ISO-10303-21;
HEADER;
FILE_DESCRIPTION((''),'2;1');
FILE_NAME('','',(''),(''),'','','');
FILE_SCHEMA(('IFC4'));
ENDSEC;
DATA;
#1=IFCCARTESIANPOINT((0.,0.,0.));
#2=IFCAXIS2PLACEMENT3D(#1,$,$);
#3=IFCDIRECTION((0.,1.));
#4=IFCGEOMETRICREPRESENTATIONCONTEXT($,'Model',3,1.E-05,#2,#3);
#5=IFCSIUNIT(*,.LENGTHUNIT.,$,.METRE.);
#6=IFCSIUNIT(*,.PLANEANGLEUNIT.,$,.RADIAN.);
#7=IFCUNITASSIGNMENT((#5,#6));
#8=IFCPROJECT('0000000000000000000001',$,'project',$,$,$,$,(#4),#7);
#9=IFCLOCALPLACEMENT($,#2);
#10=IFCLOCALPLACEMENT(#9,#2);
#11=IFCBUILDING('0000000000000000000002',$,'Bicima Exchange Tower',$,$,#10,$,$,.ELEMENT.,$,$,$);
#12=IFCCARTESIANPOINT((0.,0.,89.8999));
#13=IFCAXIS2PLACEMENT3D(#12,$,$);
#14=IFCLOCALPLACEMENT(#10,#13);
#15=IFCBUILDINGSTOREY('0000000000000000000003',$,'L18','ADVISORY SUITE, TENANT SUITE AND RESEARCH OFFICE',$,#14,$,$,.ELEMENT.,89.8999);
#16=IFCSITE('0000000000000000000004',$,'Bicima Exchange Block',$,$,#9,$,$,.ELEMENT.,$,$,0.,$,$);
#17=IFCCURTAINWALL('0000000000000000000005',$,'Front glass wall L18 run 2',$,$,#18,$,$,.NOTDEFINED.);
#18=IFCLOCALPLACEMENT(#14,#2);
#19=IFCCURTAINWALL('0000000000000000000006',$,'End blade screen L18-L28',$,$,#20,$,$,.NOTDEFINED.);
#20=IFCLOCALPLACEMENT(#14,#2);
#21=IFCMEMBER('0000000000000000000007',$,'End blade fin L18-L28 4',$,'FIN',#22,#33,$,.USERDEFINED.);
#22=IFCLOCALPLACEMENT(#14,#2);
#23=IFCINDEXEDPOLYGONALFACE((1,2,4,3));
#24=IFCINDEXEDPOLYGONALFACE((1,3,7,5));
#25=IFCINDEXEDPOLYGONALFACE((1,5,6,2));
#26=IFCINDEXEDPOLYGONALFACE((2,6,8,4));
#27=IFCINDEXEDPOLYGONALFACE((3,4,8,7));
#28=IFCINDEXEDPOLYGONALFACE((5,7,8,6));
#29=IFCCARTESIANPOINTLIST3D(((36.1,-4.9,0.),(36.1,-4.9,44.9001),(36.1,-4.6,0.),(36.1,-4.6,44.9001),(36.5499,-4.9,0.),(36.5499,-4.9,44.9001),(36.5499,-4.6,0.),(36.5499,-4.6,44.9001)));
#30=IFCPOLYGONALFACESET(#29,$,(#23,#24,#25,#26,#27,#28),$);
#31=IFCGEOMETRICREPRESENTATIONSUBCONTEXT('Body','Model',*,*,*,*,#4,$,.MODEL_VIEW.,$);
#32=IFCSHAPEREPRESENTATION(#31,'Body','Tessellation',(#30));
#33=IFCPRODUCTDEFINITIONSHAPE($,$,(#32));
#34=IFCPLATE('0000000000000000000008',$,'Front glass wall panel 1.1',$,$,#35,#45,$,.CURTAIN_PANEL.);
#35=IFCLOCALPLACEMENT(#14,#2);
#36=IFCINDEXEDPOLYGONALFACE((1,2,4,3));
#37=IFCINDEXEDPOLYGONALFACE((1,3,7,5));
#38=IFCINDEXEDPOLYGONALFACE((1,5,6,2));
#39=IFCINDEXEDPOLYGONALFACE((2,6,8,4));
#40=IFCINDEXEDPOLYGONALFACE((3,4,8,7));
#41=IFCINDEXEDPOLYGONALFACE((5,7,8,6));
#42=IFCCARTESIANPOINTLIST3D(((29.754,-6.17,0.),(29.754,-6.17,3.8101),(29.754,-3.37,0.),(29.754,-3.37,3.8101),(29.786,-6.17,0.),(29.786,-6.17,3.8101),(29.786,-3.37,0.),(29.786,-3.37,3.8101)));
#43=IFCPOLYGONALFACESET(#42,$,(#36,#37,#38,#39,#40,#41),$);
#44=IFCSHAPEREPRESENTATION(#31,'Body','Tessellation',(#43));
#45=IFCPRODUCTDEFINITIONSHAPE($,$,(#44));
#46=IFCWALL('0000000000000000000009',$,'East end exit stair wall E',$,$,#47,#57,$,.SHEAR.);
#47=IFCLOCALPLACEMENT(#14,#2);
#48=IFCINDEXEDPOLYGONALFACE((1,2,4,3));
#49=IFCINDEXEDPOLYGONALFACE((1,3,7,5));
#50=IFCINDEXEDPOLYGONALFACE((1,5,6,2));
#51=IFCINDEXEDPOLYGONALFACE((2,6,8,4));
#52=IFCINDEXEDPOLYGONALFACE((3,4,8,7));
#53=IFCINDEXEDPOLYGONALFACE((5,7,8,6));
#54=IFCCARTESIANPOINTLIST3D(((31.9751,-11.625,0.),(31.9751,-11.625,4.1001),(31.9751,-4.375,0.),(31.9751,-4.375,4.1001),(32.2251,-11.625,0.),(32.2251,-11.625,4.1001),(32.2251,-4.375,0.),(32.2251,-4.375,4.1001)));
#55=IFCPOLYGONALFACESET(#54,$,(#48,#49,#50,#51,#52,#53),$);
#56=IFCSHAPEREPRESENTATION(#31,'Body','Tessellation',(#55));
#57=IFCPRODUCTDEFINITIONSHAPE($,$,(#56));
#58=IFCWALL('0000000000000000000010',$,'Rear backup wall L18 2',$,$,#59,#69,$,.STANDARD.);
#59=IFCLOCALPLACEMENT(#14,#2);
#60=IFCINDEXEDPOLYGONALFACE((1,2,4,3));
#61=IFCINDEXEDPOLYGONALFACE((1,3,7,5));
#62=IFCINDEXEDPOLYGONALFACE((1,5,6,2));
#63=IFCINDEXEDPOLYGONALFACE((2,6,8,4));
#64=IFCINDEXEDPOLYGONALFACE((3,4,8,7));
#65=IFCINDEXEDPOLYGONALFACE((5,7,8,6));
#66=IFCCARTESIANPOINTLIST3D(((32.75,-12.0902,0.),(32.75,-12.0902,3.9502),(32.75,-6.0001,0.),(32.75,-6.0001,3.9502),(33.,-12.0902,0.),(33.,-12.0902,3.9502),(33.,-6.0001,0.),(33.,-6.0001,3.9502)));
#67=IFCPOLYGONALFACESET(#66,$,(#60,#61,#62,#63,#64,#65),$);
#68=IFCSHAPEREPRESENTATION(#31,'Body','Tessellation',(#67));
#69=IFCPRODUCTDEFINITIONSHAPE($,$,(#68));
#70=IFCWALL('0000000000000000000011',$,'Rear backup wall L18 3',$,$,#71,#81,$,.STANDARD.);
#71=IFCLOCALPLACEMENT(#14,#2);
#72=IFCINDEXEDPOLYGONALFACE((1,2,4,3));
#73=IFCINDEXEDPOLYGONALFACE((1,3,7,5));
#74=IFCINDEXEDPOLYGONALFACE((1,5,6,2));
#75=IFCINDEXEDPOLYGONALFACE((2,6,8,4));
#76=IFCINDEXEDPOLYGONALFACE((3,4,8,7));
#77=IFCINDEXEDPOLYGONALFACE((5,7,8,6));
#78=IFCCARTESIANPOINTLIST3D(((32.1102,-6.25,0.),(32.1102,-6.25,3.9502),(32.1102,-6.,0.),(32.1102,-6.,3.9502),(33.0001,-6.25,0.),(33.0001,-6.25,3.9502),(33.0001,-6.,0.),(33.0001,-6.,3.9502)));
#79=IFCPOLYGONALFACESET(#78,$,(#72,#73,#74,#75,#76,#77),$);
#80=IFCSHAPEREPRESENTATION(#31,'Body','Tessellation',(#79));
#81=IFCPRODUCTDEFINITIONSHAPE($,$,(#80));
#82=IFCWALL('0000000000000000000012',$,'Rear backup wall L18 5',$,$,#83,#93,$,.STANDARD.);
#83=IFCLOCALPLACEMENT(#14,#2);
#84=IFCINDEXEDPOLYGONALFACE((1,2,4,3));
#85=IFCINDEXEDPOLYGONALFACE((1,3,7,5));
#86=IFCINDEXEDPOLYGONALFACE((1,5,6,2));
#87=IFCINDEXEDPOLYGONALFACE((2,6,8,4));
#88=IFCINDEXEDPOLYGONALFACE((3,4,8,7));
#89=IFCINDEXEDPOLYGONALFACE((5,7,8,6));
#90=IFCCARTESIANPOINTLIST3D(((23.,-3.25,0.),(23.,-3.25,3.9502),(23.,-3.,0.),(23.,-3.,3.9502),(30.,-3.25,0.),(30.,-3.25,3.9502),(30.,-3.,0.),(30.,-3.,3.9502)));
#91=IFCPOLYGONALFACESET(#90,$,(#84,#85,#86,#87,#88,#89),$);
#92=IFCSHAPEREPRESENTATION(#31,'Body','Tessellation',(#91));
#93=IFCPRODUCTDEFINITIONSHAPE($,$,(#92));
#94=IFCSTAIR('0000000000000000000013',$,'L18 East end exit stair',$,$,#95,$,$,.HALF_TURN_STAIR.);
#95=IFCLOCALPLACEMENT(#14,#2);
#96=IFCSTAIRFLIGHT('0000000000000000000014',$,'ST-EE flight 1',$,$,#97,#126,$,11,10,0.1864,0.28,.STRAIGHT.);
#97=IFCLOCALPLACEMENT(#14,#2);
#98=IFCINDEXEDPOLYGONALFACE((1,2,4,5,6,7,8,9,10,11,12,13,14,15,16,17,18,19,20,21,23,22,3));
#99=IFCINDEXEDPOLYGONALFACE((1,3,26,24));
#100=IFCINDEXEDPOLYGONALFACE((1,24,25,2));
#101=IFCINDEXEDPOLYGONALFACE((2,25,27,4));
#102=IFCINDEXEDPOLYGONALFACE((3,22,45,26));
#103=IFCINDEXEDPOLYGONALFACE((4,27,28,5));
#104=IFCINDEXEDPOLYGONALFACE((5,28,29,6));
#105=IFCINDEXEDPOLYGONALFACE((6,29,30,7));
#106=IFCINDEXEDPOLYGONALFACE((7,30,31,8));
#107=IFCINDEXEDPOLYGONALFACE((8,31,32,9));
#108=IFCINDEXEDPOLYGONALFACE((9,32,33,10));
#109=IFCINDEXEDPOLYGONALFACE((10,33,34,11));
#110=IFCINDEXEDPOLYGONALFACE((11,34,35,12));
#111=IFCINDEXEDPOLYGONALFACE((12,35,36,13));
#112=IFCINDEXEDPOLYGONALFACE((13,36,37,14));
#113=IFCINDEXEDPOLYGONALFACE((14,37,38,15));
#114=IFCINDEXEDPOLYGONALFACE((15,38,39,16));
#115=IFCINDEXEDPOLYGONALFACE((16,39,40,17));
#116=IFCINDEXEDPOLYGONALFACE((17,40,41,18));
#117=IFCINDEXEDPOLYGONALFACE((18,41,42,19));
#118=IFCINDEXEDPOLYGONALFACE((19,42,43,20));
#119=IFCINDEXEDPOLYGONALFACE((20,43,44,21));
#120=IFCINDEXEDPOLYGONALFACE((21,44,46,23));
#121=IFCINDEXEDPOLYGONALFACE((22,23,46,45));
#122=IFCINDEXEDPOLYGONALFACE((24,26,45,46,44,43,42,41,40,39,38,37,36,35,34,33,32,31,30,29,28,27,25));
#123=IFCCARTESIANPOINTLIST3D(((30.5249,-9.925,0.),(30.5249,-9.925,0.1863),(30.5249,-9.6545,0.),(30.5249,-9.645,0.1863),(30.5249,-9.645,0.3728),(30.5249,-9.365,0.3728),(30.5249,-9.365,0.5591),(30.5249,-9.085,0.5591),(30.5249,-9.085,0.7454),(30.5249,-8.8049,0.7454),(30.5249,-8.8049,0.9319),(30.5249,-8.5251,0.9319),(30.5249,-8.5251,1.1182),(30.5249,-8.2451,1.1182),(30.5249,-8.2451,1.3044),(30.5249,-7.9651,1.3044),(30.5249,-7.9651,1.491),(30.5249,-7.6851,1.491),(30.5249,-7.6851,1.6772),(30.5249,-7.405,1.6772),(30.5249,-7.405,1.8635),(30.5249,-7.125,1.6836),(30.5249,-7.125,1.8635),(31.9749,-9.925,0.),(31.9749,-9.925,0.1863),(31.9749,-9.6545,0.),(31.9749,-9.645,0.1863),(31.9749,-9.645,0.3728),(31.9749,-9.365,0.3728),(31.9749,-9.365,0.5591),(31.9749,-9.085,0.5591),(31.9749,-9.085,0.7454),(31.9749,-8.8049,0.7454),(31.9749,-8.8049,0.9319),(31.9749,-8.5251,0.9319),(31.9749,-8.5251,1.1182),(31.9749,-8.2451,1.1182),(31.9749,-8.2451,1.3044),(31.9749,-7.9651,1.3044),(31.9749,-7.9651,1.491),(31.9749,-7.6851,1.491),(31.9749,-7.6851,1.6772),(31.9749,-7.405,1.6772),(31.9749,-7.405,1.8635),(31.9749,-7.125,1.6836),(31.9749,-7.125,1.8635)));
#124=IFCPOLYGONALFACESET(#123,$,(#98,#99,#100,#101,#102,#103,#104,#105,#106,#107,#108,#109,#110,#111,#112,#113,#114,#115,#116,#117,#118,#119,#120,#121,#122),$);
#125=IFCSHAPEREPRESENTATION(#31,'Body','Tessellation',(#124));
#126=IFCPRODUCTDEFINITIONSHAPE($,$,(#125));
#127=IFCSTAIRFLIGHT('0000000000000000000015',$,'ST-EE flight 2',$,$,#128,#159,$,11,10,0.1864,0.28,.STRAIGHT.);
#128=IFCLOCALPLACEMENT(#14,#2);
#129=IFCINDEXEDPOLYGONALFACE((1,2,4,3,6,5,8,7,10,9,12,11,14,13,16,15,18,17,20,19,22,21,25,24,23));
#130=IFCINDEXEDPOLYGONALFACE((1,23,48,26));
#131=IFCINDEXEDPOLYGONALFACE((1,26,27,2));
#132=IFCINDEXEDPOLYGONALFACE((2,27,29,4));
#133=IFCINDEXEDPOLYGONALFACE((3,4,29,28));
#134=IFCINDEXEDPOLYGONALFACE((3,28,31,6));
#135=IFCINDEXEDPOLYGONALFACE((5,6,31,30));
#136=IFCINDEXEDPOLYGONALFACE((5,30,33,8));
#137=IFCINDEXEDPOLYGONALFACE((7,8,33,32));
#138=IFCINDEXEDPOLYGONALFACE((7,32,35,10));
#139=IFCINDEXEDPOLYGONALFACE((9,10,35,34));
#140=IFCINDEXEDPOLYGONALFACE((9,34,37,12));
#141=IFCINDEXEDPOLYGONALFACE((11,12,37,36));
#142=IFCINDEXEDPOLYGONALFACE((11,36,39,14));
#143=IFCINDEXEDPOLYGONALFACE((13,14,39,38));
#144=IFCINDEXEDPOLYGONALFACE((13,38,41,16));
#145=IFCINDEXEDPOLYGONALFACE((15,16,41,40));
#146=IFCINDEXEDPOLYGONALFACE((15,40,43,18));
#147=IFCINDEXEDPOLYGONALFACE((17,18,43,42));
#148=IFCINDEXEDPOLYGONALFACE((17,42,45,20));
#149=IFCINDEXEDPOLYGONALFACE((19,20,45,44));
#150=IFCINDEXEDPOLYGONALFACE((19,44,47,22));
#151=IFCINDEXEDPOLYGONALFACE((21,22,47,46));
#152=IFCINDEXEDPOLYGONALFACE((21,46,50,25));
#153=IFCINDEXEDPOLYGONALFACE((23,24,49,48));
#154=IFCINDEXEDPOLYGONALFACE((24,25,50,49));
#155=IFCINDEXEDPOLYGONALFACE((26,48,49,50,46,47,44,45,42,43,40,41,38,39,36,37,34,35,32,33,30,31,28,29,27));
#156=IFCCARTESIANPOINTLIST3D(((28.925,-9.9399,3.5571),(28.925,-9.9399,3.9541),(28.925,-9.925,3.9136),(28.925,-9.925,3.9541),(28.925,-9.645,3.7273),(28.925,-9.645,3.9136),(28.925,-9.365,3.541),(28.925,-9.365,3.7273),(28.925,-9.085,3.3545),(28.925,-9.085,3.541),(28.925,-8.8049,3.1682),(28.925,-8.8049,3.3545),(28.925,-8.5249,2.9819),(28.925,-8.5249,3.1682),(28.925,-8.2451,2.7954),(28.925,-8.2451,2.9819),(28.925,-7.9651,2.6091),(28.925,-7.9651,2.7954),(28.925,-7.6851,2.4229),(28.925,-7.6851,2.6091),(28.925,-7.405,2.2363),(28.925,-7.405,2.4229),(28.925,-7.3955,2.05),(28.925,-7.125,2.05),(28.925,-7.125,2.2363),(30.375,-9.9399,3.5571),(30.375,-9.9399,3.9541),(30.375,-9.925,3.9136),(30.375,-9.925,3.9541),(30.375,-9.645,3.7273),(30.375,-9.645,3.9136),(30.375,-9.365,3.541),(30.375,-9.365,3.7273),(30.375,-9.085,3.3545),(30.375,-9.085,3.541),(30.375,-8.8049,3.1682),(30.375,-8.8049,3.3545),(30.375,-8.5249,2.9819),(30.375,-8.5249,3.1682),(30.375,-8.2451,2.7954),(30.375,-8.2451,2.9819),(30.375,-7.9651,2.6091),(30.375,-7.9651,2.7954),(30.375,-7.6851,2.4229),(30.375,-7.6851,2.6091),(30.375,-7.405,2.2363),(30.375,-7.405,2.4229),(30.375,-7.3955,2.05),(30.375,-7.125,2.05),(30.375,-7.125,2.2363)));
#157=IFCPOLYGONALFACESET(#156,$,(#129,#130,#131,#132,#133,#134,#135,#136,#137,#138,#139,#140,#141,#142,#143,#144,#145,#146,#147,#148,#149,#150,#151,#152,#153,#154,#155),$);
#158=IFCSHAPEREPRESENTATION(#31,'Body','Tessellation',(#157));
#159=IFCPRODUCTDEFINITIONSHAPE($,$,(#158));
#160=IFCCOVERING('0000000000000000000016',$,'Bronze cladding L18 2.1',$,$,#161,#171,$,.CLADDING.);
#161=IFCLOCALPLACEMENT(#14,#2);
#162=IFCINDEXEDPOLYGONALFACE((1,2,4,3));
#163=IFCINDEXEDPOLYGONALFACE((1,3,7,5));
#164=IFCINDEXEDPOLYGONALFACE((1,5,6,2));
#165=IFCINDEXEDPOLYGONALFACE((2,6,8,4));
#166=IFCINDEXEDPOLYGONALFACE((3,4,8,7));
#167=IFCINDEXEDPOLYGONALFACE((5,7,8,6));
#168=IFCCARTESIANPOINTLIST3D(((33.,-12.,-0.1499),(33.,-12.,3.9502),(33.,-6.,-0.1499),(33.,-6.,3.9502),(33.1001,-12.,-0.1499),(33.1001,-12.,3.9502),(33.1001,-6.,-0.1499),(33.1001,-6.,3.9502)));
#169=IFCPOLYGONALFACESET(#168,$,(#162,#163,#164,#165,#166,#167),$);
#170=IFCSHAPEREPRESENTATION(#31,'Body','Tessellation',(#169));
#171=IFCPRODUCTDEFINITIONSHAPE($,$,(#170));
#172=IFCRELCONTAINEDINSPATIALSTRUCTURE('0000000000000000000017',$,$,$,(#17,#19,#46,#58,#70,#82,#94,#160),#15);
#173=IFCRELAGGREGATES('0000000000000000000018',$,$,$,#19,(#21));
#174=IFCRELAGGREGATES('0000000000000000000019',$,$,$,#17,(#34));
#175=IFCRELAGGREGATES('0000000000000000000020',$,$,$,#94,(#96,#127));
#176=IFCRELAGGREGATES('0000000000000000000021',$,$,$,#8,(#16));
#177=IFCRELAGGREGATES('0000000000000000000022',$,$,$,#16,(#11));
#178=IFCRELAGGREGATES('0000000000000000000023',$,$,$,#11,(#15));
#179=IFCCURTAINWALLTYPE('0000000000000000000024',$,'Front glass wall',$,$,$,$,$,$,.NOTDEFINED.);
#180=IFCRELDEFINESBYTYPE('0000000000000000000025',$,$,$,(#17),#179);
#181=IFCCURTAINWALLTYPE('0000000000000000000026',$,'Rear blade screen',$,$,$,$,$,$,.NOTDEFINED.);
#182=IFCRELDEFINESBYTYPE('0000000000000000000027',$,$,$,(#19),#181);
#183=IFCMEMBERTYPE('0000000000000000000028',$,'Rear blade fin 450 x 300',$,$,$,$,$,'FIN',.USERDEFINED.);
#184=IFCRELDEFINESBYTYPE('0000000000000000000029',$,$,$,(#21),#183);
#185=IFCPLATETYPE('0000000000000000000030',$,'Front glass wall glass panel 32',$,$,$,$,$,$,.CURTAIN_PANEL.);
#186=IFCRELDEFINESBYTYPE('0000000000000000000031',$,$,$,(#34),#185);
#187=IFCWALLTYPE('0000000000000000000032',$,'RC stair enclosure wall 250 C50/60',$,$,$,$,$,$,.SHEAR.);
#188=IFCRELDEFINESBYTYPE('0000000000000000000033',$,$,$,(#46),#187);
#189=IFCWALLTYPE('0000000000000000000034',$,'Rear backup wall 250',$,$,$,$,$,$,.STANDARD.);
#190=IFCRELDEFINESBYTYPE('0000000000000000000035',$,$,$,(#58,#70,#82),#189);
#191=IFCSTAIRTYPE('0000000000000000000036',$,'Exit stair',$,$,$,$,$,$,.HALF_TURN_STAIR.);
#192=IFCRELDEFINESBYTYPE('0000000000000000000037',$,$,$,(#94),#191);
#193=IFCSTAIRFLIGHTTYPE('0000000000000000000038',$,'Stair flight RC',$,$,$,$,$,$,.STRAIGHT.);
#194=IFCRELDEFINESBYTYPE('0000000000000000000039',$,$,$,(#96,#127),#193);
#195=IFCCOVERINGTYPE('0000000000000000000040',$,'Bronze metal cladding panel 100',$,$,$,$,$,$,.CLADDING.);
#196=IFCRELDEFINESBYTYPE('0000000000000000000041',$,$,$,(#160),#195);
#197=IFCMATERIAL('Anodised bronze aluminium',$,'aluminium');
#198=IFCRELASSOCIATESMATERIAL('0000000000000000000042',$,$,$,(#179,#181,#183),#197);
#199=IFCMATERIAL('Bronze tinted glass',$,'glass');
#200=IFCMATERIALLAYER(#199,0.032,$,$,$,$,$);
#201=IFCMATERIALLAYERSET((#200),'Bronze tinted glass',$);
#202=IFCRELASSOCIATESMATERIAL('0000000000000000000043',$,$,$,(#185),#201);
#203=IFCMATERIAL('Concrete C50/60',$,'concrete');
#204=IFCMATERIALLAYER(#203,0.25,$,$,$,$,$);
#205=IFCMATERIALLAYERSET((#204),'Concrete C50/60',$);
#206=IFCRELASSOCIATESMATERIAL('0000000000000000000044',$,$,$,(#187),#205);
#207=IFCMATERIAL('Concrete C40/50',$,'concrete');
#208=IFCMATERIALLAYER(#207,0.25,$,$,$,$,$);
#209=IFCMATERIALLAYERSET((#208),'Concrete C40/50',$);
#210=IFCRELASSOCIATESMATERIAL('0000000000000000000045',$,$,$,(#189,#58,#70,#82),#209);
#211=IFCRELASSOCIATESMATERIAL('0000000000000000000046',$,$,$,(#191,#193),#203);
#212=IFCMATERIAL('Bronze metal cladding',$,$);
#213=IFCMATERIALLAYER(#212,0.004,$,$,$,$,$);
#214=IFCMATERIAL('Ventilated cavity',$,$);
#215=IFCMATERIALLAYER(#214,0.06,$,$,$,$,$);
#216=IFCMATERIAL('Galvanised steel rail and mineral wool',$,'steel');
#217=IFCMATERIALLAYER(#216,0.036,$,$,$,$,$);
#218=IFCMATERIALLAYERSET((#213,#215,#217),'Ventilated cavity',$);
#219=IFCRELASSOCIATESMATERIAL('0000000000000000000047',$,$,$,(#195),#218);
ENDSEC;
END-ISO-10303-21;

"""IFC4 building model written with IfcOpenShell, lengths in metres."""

from ifc_helpers import new_model, si_unit, direction, frame, frame_2d, origin, origin_2d, place, context, subcontext, project, spatial, polyline, rectangle, outline, extrude, material, layer, layer_set, layer_usage, material_profile, profile_set, type_object, element, aggregate, save


model = new_model("IFC4")

# Units and contexts
model_context = context("Model", 3, precision=1e-05, world=origin(), true_north=direction((0.0, 1.0)))
body_context = subcontext(model_context, "Body", "Model", "MODEL_VIEW")
ifc_project = project(units=[si_unit("LENGTHUNIT", "METRE"), si_unit("PLANEANGLEUNIT", "RADIAN")], contexts=[model_context])

# Site, building, storey
site_placement = place(None, origin())
site = spatial("IfcSite", under=ifc_project, at=site_placement, Name="Bicima Exchange Block", CompositionType="ELEMENT", RefElevation=0.0)
building_placement = place(site_placement, origin())
building = spatial("IfcBuilding", under=site, at=building_placement, Name="Bicima Exchange Tower", CompositionType="ELEMENT")
storey_placement = place(building_placement, frame((0.0, 0.0, 89.8999)))
storey = spatial("IfcBuildingStorey", under=building, at=storey_placement, Name="L18", Description="ADVISORY SUITE, TENANT SUITE AND RESEARCH OFFICE", CompositionType="ELEMENT", Elevation=89.8999)

# Curtain wall
ifc_material_1 = material(Name="Anodised bronze aluminium", Category="aluminium")
curtain_wall_type_1 = type_object("IfcCurtainWallType", Name="Front glass wall", PredefinedType="NOTDEFINED", material=ifc_material_1)
curtain_wall_1_placement = place(storey_placement, origin())
curtain_wall_1 = element("IfcCurtainWall", 1, at=curtain_wall_1_placement, inside=storey, type_object=curtain_wall_type_1, Name="Front glass wall L18 run 2", PredefinedType="NOTDEFINED")

# Curtain wall, member
curtain_wall_type_2 = type_object("IfcCurtainWallType", Name="Rear blade screen", PredefinedType="NOTDEFINED", material=ifc_material_1)
ifc_material_profile_1 = material_profile(ifc_material_1, rectangle(XDim=0.45, YDim=0.3, at=origin_2d()))
ifc_profile_set_1 = profile_set([ifc_material_profile_1], Name="Anodised bronze aluminium")
member_type_1 = type_object("IfcMemberType", Name="Rear blade fin 450 x 300", ElementType="FIN", PredefinedType="USERDEFINED", material=ifc_profile_set_1)
curtain_wall_2_placement = place(storey_placement, origin())
curtain_wall_2 = element("IfcCurtainWall", 2, at=curtain_wall_2_placement, inside=storey, type_object=curtain_wall_type_2, Name="End blade screen L18-L28", PredefinedType="NOTDEFINED")
member_1_placement = place(storey_placement, frame((36.325, -4.75, 0.0), z_axis=(0.0, 0.0, 1.0), x_axis=(1.0, 0.0, 0.0)))
member_1 = element("IfcMember", 3, at=member_1_placement, type_object=member_type_1, Name="End blade fin L18-L28 4", ObjectType="FIN", PredefinedType="USERDEFINED", context=body_context, shape_type="SweptSolid", body=[
    extrude(rectangle(XDim=0.45, YDim=0.3, at=origin_2d()), origin(), (0.0, 0.0, 1.0), 44.9001),
])
aggregate(curtain_wall_2, [member_1])

# Plate
ifc_material_2 = material(Name="Bronze tinted glass", Category="glass")
ifc_layer_1 = layer(ifc_material_2, 0.032)
ifc_layer_set_1 = layer_set([ifc_layer_1], Name="Bronze tinted glass")
plate_type = type_object("IfcPlateType", Name="Front glass wall glass panel 32", PredefinedType="CURTAIN_PANEL", material=ifc_layer_set_1)
plate_placement = place(storey_placement, frame((29.77, -4.77, 0.0), z_axis=(0.0, 0.0, 1.0), x_axis=(0.0, 1.0, 0.0)))
plate = element("IfcPlate", 4, at=plate_placement, type_object=plate_type, Name="Front glass wall panel 1.1", PredefinedType="CURTAIN_PANEL", context=body_context, shape_type="SweptSolid", body=[
    extrude(rectangle(XDim=2.8, YDim=0.032, at=origin_2d()), origin(), (0.0, 0.0, 1.0), 3.8101),
])
aggregate(curtain_wall_1, [plate])

# Walls
ifc_material_3 = material(Name="Concrete C50/60", Category="concrete")
ifc_layer_2 = layer(ifc_material_3, 0.25)
ifc_layer_set_2 = layer_set([ifc_layer_2], Name="Concrete C50/60")
wall_type_1 = type_object("IfcWallType", Name="RC stair enclosure wall 250 C50/60", PredefinedType="SHEAR", material=ifc_layer_set_2)
wall_1_placement = place(storey_placement, frame((32.1001, -11.625, 0.0), z_axis=(0.0, 0.0, 1.0), x_axis=(0.0, 1.0, 0.0)))
element("IfcWall", 5, at=wall_1_placement, inside=storey, type_object=wall_type_1, Name="East end exit stair wall E", PredefinedType="SHEAR", context=body_context, shape_type="SweptSolid", body=[
    extrude(rectangle(XDim=7.25, YDim=0.25, at=frame_2d((3.625, 0.0))), origin(), (0.0, 0.0, 1.0), 4.1001),
])
ifc_material_4 = material(Name="Concrete C40/50", Category="concrete")
ifc_layer_3 = layer(ifc_material_4, 0.25)
ifc_layer_set_3 = layer_set([ifc_layer_3], Name="Concrete C40/50")
ifc_layer_usage = layer_usage(ifc_layer_set_3, "AXIS2", "POSITIVE", -0.125)
wall_type_2 = type_object("IfcWallType", Name="Rear backup wall 250", PredefinedType="STANDARD", material=ifc_layer_set_3)
wall_2_placement = place(storey_placement, frame((32.875, -12.0901, 0.0), z_axis=(0.0, 0.0, 1.0), x_axis=(0.0, 1.0, 0.0)))
element("IfcWall", 6, at=wall_2_placement, inside=storey, type_object=wall_type_2, material=ifc_layer_usage, Name="Rear backup wall L18 2", PredefinedType="STANDARD", context=body_context, shape_type="SweptSolid", body=[
    extrude(rectangle(XDim=6.0901, YDim=0.25, at=frame_2d((3.0449, 0.0))), origin(), (0.0, 0.0, 1.0), 3.9502),
])
wall_3_placement = place(storey_placement, frame((33.0, -6.125, 0.0), z_axis=(0.0, 0.0, 1.0), x_axis=(-1.0, 0.0, 0.0)))
element("IfcWall", 7, at=wall_3_placement, inside=storey, type_object=wall_type_2, material=ifc_layer_usage, Name="Rear backup wall L18 3", PredefinedType="STANDARD", context=body_context, shape_type="SweptSolid", body=[
    extrude(rectangle(XDim=0.8899, YDim=0.25, at=frame_2d((0.4448, 0.0))), origin(), (0.0, 0.0, 1.0), 3.9502),
])
wall_4_placement = place(storey_placement, frame((30.0, -3.125, 0.0), z_axis=(0.0, 0.0, 1.0), x_axis=(-1.0, 0.0, 0.0)))
element("IfcWall", 8, at=wall_4_placement, inside=storey, type_object=wall_type_2, material=ifc_layer_usage, Name="Rear backup wall L18 5", PredefinedType="STANDARD", context=body_context, shape_type="SweptSolid", body=[
    extrude(rectangle(XDim=7.0, YDim=0.25, at=frame_2d((3.5, 0.0))), origin(), (0.0, 0.0, 1.0), 3.9502),
])

# Stair, stair flights
stair_type = type_object("IfcStairType", Name="Exit stair", PredefinedType="HALF_TURN_STAIR", material=ifc_material_3)
stair_placement = place(storey_placement, origin())
stair = element("IfcStair", 9, at=stair_placement, inside=storey, type_object=stair_type, Name="L18 East end exit stair", PredefinedType="HALF_TURN_STAIR")
stair_flight_type = type_object("IfcStairFlightType", Name="Stair flight RC", PredefinedType="STRAIGHT", material=ifc_material_3)
stair_flight_1_placement = place(storey_placement, frame((31.25, -9.925, 0.0), z_axis=(0.0, 0.0, 1.0), x_axis=(0.0, 1.0, 0.0)))
stair_flight_1 = element("IfcStairFlight", 10, at=stair_flight_1_placement, type_object=stair_flight_type, Name="ST-EE flight 1", NumberOfRisers=11, NumberOfTreads=10, PredefinedType="STRAIGHT", RiserHeight=0.1864, TreadLength=0.28, context=body_context, shape_type="SweptSolid", body=[
    extrude(outline(polyline([(0.0, 0.0), (0.0, 0.1863), (0.28, 0.1863), (0.28, 0.3728), (0.5601, 0.3728), (0.5601, 0.5591), (0.8401, 0.5591), (0.8401, 0.7454), (1.1201, 0.7454), (1.1201, 0.9319), (1.3999, 0.9319), (1.3999, 1.1182), (1.6799, 1.1182), (1.6799, 1.3044), (1.96, 1.3044), (1.96, 1.491), (2.24, 1.491), (2.24, 1.6772), (2.52, 1.6772), (2.52, 1.8635), (2.8, 1.8635), (2.8, 2.05), (2.8, 1.6836), (0.2705, 0.0), (0.0, 0.0)])), frame((0.0, 0.7251, 0.0), z_axis=(0.0, -1.0, 0.0), x_axis=(1.0, 0.0, 0.0)), (0.0, 0.0, 1.0), 1.45),
])
stair_flight_2_placement = place(storey_placement, frame((29.6499, -7.125, 2.05), z_axis=(0.0, 0.0, 1.0), x_axis=(0.0, -1.0, 0.0)))
stair_flight_2 = element("IfcStairFlight", 11, at=stair_flight_2_placement, type_object=stair_flight_type, Name="ST-EE flight 2", NumberOfRisers=11, NumberOfTreads=10, PredefinedType="STRAIGHT", RiserHeight=0.1864, TreadLength=0.28, context=body_context, shape_type="SweptSolid", body=[
    extrude(outline(polyline([(0.0, 0.0), (0.0, 0.1863), (0.28, 0.1863), (0.28, 0.3728), (0.5601, 0.3728), (0.5601, 0.5591), (0.8401, 0.5591), (0.8401, 0.7454), (1.1201, 0.7454), (1.1201, 0.9319), (1.3999, 0.9319), (1.3999, 1.1182), (1.6799, 1.1182), (1.6799, 1.3044), (1.96, 1.3044), (1.96, 1.491), (2.24, 1.491), (2.24, 1.6772), (2.52, 1.6772), (2.52, 1.8635), (2.8, 1.8635), (2.8, 1.9041), (2.8149, 1.9041), (2.8149, 1.5071), (0.2705, 0.0), (0.0, 0.0)])), frame((0.0, 0.7251, 0.0), z_axis=(0.0, -1.0, 0.0), x_axis=(1.0, 0.0, 0.0)), (0.0, 0.0, 1.0), 1.45),
])
aggregate(stair, [stair_flight_1, stair_flight_2])

# Covering
ifc_material_5 = material(Name="Bronze metal cladding")
ifc_layer_4 = layer(ifc_material_5, 0.004)
ifc_material_6 = material(Name="Ventilated cavity")
ifc_layer_5 = layer(ifc_material_6, 0.06)
ifc_material_7 = material(Name="Galvanised steel rail and mineral wool", Category="steel")
ifc_layer_6 = layer(ifc_material_7, 0.036)
ifc_layer_set_4 = layer_set([ifc_layer_4, ifc_layer_5, ifc_layer_6], Name="Ventilated cavity")
covering_type = type_object("IfcCoveringType", Name="Bronze metal cladding panel 100", PredefinedType="CLADDING", material=ifc_layer_set_4)
covering_placement = place(storey_placement, frame((33.05, -9.0, -0.1499), z_axis=(0.0, 0.0, 1.0), x_axis=(0.0, 1.0, 0.0)))
element("IfcCovering", 12, at=covering_placement, inside=storey, type_object=covering_type, Name="Bronze cladding L18 2.1", PredefinedType="CLADDING", context=body_context, shape_type="SweptSolid", body=[
    extrude(rectangle(XDim=6.0, YDim=0.1001, at=origin_2d()), origin(), (0.0, 0.0, 1.0), 4.1001),
])

save(model, "model.ifc")
